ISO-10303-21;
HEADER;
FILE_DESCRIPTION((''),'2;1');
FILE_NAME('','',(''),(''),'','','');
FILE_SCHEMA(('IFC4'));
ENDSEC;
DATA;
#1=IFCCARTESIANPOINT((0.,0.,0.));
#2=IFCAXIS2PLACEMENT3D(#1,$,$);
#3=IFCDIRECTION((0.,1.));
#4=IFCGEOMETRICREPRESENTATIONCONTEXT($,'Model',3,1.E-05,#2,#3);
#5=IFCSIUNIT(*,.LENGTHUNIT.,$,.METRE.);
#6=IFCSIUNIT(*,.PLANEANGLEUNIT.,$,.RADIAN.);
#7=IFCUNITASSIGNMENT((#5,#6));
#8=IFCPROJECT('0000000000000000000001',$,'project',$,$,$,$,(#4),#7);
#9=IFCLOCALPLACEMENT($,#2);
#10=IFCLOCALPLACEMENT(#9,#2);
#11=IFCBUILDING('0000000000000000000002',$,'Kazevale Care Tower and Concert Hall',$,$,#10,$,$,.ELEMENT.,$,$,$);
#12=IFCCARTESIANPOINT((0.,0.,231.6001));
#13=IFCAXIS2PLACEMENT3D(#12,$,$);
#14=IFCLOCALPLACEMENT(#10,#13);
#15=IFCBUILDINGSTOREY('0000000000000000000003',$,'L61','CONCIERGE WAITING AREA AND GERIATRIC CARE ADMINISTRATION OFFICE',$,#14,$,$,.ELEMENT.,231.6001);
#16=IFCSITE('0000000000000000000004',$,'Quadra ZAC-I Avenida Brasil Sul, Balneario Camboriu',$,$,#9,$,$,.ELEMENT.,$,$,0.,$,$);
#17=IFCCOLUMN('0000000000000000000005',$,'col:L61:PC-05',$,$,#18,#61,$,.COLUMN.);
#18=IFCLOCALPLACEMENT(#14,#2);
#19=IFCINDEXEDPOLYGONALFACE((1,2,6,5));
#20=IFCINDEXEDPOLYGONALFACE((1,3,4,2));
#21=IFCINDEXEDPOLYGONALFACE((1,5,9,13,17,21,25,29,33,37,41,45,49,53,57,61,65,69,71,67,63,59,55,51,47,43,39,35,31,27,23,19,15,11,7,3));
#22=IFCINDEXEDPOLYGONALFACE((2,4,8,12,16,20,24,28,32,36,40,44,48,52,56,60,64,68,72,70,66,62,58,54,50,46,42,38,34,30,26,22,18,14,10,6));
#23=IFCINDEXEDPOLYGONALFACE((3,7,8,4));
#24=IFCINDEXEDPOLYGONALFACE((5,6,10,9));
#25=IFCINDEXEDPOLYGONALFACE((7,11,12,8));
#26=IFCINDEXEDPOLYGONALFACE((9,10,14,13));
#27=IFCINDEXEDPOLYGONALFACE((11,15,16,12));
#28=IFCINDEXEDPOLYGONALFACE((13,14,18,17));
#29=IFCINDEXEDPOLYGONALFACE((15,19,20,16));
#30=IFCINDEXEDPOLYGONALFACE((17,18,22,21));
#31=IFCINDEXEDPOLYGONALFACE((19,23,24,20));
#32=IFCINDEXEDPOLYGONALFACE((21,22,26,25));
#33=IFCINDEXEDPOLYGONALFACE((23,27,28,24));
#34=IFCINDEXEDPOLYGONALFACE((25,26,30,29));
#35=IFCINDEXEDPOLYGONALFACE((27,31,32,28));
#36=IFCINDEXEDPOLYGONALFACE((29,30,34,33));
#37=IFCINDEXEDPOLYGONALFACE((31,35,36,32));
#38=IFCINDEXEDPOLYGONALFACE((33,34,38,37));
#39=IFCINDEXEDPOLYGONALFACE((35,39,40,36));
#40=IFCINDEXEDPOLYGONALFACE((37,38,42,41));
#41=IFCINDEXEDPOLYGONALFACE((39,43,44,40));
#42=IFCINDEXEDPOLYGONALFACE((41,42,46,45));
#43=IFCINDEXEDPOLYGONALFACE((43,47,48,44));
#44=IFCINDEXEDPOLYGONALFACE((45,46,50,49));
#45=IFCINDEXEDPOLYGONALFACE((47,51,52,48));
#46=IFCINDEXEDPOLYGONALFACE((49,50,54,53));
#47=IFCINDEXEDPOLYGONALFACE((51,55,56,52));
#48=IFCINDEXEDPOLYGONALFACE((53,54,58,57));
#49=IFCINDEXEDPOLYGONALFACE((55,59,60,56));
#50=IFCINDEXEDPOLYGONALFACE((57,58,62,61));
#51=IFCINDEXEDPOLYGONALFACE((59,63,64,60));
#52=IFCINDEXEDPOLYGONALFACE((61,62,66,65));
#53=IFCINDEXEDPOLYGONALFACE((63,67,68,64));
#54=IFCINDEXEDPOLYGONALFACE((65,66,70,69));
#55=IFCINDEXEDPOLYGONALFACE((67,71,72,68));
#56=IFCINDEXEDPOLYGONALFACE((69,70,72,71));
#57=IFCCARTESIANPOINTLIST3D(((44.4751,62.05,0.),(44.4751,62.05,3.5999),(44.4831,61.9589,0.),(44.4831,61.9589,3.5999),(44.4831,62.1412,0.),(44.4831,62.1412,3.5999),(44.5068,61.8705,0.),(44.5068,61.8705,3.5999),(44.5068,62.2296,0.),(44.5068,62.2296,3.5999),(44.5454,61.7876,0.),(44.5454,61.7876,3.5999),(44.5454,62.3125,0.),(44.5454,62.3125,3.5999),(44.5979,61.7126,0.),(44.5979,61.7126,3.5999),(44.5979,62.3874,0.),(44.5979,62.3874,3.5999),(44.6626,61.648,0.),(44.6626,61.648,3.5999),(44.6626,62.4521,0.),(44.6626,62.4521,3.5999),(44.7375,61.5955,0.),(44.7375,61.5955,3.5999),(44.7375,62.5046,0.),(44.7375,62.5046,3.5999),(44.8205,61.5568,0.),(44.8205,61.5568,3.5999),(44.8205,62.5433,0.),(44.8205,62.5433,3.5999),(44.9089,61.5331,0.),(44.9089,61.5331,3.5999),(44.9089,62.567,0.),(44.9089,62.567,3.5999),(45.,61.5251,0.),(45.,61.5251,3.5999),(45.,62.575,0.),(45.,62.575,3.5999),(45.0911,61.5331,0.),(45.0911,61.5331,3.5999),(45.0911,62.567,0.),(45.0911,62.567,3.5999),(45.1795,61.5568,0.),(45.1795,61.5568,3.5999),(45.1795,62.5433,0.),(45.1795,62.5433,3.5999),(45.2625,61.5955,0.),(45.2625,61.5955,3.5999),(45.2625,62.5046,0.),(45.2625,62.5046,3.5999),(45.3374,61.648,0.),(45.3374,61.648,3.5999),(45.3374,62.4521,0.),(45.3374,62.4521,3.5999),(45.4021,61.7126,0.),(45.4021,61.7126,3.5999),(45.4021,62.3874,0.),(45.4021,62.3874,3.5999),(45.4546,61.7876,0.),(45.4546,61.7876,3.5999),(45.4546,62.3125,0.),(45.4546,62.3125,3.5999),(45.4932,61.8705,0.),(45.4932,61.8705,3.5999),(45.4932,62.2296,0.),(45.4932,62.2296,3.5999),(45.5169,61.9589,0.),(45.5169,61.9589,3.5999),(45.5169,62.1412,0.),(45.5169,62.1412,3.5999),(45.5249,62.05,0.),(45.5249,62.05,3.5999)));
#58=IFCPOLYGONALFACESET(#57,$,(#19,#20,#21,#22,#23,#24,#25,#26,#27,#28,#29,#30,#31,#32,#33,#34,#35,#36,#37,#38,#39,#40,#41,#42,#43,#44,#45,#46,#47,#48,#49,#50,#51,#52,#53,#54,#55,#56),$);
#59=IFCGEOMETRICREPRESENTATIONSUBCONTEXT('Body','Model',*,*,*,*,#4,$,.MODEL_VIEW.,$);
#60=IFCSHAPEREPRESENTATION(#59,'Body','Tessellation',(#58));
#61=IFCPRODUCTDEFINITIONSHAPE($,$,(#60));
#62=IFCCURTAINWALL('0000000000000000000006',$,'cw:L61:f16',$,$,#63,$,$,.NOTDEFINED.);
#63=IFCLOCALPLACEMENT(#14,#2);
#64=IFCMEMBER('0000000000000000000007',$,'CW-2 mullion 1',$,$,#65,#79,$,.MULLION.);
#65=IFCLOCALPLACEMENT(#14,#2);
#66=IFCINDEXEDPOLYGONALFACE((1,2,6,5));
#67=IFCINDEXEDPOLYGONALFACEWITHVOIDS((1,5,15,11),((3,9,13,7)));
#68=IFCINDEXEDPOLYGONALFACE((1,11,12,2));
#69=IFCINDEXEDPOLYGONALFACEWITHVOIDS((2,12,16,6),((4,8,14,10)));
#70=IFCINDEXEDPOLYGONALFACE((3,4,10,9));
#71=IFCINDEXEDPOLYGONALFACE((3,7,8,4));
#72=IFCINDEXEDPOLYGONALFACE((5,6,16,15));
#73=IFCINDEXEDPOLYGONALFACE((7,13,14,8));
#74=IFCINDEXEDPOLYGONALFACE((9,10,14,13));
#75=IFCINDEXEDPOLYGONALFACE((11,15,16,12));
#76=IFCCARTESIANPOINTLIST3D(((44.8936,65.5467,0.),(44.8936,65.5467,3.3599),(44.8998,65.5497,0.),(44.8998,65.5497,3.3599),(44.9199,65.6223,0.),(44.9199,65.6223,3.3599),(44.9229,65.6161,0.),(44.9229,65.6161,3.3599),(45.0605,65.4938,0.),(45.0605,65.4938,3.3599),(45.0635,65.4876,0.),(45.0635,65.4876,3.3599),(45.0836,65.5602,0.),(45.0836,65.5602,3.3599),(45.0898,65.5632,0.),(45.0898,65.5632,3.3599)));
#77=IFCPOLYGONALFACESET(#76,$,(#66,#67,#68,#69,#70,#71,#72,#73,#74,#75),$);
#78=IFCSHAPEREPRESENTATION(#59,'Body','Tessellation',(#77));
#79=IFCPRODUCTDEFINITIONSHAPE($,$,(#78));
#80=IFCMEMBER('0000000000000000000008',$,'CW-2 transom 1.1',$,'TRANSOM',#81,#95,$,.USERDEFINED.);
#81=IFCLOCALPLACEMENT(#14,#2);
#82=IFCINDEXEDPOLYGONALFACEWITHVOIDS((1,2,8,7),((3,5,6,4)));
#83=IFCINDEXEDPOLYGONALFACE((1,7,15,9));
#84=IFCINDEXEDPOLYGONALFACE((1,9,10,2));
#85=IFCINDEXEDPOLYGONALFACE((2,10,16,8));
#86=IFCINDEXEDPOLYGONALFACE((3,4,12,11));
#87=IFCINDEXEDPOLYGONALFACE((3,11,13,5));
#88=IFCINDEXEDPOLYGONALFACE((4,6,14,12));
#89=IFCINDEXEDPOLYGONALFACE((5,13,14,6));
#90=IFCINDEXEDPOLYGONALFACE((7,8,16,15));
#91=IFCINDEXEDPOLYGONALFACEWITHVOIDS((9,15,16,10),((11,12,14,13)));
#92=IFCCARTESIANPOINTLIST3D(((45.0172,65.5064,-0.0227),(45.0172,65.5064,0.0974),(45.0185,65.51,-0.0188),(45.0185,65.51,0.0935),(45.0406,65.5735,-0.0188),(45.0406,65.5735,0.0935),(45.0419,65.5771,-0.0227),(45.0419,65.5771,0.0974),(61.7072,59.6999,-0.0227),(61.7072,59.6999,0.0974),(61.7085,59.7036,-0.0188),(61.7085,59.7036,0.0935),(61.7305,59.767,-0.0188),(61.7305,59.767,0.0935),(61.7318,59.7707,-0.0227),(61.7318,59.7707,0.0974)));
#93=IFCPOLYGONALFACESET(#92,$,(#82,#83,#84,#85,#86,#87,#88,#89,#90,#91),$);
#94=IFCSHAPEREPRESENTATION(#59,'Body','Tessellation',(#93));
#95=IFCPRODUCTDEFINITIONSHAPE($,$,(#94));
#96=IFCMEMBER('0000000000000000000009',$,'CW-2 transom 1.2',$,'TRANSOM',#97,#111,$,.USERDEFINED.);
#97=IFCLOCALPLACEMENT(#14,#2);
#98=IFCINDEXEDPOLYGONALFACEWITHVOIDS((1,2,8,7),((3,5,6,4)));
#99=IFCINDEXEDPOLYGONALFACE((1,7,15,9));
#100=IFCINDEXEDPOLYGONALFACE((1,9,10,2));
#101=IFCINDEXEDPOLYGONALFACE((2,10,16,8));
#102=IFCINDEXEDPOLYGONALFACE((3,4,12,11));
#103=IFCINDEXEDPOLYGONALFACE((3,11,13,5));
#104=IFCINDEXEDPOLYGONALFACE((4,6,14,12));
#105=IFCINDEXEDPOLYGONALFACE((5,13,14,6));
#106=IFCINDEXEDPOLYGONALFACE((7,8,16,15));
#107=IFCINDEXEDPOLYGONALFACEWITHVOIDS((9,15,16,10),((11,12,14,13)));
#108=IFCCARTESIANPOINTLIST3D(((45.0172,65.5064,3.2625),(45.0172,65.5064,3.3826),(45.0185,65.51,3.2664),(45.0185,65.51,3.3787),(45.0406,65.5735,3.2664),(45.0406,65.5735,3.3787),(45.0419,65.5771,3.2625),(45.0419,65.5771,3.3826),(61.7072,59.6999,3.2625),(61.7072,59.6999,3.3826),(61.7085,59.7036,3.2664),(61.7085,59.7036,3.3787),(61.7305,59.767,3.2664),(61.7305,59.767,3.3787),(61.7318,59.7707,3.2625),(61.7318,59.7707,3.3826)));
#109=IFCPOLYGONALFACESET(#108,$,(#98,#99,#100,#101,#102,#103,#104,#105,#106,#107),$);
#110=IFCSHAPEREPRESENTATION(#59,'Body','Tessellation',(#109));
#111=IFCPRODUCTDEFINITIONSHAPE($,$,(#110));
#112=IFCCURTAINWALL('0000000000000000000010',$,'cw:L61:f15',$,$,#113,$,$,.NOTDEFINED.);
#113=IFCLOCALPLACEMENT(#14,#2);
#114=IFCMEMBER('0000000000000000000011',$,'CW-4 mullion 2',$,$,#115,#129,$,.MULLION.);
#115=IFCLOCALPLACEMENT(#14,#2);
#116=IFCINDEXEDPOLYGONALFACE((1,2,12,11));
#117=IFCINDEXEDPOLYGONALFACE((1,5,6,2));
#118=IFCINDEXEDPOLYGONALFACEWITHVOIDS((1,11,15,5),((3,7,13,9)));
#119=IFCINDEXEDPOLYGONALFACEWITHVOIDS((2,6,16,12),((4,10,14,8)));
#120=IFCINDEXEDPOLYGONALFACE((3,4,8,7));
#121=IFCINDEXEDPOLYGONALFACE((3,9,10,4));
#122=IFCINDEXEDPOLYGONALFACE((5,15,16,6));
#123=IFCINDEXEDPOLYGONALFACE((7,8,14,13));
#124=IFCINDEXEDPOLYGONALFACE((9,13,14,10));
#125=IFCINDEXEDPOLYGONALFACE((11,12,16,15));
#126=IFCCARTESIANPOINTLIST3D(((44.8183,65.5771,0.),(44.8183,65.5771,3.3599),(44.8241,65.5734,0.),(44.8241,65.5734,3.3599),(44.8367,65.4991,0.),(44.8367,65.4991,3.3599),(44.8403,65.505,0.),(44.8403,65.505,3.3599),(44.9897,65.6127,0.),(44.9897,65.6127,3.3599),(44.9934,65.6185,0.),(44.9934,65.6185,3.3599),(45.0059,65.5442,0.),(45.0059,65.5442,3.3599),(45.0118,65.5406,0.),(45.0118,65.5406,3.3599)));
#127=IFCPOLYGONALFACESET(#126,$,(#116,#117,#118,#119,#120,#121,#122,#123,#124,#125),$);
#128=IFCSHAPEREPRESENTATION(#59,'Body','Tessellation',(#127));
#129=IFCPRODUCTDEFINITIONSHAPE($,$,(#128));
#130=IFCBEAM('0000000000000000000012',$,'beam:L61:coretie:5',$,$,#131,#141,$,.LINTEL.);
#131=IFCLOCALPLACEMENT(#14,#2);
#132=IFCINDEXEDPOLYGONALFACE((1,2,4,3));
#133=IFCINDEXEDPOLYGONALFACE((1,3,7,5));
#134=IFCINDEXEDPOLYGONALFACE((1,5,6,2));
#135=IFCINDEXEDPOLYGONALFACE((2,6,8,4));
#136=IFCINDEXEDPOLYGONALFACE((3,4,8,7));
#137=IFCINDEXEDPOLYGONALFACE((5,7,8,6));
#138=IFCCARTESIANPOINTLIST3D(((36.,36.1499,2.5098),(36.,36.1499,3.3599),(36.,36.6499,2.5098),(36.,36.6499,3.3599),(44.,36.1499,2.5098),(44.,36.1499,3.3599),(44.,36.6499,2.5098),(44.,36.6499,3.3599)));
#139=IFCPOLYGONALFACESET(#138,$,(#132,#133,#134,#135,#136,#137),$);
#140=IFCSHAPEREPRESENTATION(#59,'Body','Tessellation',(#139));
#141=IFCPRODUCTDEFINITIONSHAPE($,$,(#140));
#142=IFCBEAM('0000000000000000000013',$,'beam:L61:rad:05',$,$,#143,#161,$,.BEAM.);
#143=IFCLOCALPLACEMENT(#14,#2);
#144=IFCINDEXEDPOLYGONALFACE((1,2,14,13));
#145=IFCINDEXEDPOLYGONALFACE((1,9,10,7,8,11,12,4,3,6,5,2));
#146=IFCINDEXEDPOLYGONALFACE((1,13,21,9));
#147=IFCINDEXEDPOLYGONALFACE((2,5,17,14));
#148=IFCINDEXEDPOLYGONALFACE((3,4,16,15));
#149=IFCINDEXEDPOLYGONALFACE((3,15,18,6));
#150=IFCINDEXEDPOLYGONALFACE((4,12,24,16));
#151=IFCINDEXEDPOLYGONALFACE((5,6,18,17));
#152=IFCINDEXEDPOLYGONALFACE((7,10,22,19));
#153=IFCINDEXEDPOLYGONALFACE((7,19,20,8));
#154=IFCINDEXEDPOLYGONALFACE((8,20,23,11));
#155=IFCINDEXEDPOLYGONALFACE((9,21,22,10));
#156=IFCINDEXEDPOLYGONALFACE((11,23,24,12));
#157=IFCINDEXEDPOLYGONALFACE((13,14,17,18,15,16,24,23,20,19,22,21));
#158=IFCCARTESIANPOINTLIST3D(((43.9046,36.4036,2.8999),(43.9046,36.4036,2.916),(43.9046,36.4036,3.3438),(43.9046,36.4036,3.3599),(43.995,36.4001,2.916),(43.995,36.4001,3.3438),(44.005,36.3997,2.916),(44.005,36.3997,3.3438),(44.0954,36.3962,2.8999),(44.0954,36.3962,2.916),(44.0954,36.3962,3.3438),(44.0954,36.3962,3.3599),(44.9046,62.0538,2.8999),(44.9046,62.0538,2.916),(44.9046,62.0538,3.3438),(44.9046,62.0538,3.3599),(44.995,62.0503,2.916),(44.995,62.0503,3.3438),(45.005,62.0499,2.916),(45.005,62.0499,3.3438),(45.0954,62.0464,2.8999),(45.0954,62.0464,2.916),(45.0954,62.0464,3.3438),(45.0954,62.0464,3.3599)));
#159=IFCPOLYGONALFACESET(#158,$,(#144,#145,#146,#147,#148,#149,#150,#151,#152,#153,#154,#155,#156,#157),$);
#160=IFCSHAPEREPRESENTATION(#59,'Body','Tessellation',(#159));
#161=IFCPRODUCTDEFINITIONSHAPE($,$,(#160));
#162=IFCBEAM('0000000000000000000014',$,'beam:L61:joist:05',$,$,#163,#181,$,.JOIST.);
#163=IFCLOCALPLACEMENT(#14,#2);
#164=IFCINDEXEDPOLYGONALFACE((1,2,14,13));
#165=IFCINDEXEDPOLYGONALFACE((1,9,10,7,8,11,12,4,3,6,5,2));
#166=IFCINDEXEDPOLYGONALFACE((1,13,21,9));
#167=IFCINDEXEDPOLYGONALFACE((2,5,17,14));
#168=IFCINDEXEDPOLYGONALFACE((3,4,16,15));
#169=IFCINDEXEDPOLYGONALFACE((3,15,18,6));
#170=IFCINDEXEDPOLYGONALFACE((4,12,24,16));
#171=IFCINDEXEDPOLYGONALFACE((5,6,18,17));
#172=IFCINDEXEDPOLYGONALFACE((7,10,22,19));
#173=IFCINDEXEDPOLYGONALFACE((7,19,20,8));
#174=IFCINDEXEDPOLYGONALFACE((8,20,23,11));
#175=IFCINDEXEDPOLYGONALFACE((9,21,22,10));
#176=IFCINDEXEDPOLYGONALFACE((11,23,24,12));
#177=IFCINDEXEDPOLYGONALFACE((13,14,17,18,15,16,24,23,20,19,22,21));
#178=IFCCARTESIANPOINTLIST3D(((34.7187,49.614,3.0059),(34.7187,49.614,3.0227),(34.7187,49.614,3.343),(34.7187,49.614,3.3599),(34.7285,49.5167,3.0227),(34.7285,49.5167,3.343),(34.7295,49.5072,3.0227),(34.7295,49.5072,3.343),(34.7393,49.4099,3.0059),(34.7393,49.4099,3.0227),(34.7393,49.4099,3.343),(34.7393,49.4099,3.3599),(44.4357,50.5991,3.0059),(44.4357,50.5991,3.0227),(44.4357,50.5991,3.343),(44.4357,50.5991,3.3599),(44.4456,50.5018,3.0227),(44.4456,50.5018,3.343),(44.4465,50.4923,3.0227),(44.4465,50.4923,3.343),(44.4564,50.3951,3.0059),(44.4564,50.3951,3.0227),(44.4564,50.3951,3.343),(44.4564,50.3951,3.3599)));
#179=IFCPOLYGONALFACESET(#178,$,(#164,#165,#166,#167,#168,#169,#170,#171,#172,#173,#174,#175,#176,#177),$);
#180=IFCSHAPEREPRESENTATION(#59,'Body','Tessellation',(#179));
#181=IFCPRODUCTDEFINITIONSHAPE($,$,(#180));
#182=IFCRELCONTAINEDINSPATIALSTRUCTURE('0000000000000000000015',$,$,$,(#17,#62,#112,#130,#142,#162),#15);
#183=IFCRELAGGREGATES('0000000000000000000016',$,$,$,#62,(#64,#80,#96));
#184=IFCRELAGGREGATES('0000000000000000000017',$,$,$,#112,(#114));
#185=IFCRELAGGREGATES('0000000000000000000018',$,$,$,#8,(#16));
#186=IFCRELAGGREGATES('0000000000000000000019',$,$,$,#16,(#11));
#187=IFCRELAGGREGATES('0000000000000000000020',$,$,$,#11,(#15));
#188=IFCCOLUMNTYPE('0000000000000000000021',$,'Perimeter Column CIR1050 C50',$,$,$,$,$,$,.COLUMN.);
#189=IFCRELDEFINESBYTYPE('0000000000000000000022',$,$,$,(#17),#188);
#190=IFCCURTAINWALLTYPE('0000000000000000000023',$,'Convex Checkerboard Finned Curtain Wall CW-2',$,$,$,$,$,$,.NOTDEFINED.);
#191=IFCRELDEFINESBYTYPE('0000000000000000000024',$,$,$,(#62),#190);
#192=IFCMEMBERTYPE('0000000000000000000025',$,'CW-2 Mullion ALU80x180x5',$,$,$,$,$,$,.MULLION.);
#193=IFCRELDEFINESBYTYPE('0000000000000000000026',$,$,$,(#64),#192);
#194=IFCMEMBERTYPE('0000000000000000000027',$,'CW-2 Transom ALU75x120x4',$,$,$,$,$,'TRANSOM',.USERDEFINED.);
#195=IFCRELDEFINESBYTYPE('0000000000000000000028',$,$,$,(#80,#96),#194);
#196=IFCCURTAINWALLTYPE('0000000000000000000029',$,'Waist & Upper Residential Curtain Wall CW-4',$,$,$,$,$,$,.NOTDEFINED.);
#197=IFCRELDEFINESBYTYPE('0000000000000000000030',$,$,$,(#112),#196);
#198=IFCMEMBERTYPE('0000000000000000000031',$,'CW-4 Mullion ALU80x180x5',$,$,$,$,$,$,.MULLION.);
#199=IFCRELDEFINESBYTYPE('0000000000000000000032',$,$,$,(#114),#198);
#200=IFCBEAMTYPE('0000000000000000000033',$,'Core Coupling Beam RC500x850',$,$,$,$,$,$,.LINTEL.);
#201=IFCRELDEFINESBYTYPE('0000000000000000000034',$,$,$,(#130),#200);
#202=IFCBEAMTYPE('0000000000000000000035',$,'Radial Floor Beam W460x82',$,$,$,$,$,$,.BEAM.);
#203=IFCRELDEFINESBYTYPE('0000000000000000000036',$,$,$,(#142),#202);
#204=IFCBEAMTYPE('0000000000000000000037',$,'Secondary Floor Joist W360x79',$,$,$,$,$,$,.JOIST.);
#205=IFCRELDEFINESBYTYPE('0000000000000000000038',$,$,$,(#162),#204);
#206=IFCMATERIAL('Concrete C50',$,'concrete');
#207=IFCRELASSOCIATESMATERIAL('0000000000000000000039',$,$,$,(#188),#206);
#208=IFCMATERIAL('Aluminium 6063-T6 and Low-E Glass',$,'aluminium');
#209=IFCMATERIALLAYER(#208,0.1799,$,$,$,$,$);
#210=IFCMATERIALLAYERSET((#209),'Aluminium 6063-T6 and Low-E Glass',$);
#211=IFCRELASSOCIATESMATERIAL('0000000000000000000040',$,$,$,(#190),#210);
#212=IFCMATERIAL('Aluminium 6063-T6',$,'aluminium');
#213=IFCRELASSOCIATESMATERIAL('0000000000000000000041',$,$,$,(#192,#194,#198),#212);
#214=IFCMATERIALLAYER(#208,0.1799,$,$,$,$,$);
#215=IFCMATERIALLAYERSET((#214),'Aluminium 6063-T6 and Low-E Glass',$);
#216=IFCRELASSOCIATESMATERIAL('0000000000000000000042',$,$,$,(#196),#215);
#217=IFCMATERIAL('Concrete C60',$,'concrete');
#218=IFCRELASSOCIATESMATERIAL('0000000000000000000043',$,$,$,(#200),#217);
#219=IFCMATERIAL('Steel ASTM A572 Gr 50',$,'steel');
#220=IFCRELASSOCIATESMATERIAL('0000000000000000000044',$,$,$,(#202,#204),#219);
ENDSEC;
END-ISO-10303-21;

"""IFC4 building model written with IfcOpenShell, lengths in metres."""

from ifc_helpers import new_model, si_unit, direction, frame, origin, origin_2d, place, context, subcontext, project, spatial, rectangle, hollow_rectangle, circle, i_section, extrude, material, layer, layer_set, material_profile, profile_set, type_object, element, aggregate, save


model = new_model("IFC4")

# Units and contexts
model_context = context("Model", 3, precision=1e-05, world=origin(), true_north=direction((0.0, 1.0)))
body_context = subcontext(model_context, "Body", "Model", "MODEL_VIEW")
ifc_project = project(units=[si_unit("LENGTHUNIT", "METRE"), si_unit("PLANEANGLEUNIT", "RADIAN")], contexts=[model_context])

# Site, building, storey
site_placement = place(None, origin())
site = spatial("IfcSite", under=ifc_project, at=site_placement, Name="Quadra ZAC-I Avenida Brasil Sul, Balneario Camboriu", CompositionType="ELEMENT", RefElevation=0.0)
building_placement = place(site_placement, origin())
building = spatial("IfcBuilding", under=site, at=building_placement, Name="Kazevale Care Tower and Concert Hall", CompositionType="ELEMENT")
storey_placement = place(building_placement, frame((0.0, 0.0, 231.6001)))
storey = spatial("IfcBuildingStorey", under=building, at=storey_placement, Name="L61", Description="CONCIERGE WAITING AREA AND GERIATRIC CARE ADMINISTRATION OFFICE", CompositionType="ELEMENT", Elevation=231.6001)

# Column
ifc_material_1 = material(Name="Concrete C50", Category="concrete")
ifc_material_profile_1 = material_profile(ifc_material_1, circle(Radius=0.5249, at=origin_2d()), Name="RC-CIR1050")
ifc_profile_set_1 = profile_set([ifc_material_profile_1], Name="Concrete C50")
column_type = type_object("IfcColumnType", Name="Perimeter Column CIR1050 C50", PredefinedType="COLUMN", material=ifc_profile_set_1)
column_placement = place(storey_placement, frame((45.0, 62.05, 0.0), z_axis=(0.0, 0.0, 1.0), x_axis=(1.0, 0.0, 0.0)))
element("IfcColumn", 1, at=column_placement, inside=storey, type_object=column_type, Name="col:L61:PC-05", PredefinedType="COLUMN", context=body_context, shape_type="SweptSolid", body=[
    extrude(circle(Radius=0.5249, at=origin_2d()), origin(), (0.0, 0.0, 1.0), 3.5999),
])

# Curtain wall, members
ifc_material_2 = material(Name="Aluminium 6063-T6 and Low-E Glass", Category="aluminium")
ifc_layer_1 = layer(ifc_material_2, 0.1799)
ifc_layer_set_1 = layer_set([ifc_layer_1], Name="Aluminium 6063-T6 and Low-E Glass")
curtain_wall_type_1 = type_object("IfcCurtainWallType", Name="Convex Checkerboard Finned Curtain Wall CW-2", PredefinedType="NOTDEFINED", material=ifc_layer_set_1)
curtain_wall_1_placement = place(storey_placement, origin())
curtain_wall_1 = element("IfcCurtainWall", 2, at=curtain_wall_1_placement, inside=storey, type_object=curtain_wall_type_1, Name="cw:L61:f16", PredefinedType="NOTDEFINED")
ifc_material_3 = material(Name="Aluminium 6063-T6", Category="aluminium")
ifc_material_profile_2 = material_profile(ifc_material_3, hollow_rectangle(XDim=0.0801, YDim=0.1799, WallThickness=0.0049, at=origin_2d()), Name="ALU80x180x5")
ifc_profile_set_2 = profile_set([ifc_material_profile_2], Name="Aluminium 6063-T6")
member_type_1 = type_object("IfcMemberType", Name="CW-2 Mullion ALU80x180x5", PredefinedType="MULLION", material=ifc_profile_set_2)
member_1_placement = place(storey_placement, frame((44.9917, 65.5549, 0.0), z_axis=(0.0, 0.0, 1.0), x_axis=(0.328584, 0.944475, 0.0)))
member_1 = element("IfcMember", 3, at=member_1_placement, type_object=member_type_1, Name="CW-2 mullion 1", PredefinedType="MULLION", context=body_context, shape_type="SweptSolid", body=[
    extrude(hollow_rectangle(XDim=0.0801, YDim=0.1799, WallThickness=0.0049, at=origin_2d()), origin(), (0.0, 0.0, 1.0), 3.3599),
])
ifc_material_profile_3 = material_profile(ifc_material_3, hollow_rectangle(XDim=0.075, YDim=0.1201, WallThickness=0.0039, at=origin_2d()), Name="ALU75x120x4")
ifc_profile_set_3 = profile_set([ifc_material_profile_3], Name="Aluminium 6063-T6")
member_type_2 = type_object("IfcMemberType", Name="CW-2 Transom ALU75x120x4", ElementType="TRANSOM", PredefinedType="USERDEFINED", material=ifc_profile_set_3)
member_2_placement = place(storey_placement, frame((45.0295, 65.5417, 0.0374), z_axis=(0.944476, -0.328581, 0.0), x_axis=(0.328581, 0.944476, 0.0)))
member_2 = element("IfcMember", 4, at=member_2_placement, type_object=member_type_2, Name="CW-2 transom 1.1", ObjectType="TRANSOM", PredefinedType="USERDEFINED", context=body_context, shape_type="SweptSolid", body=[
    extrude(hollow_rectangle(XDim=0.075, YDim=0.1201, WallThickness=0.0039, at=origin_2d()), origin(), (0.0, 0.0, 1.0), 17.6711),
])
member_3_placement = place(storey_placement, frame((45.0295, 65.5417, 3.3225), z_axis=(0.944476, -0.328581, 0.0), x_axis=(0.328581, 0.944476, 0.0)))
member_3 = element("IfcMember", 5, at=member_3_placement, type_object=member_type_2, Name="CW-2 transom 1.2", ObjectType="TRANSOM", PredefinedType="USERDEFINED", context=body_context, shape_type="SweptSolid", body=[
    extrude(hollow_rectangle(XDim=0.075, YDim=0.1201, WallThickness=0.0039, at=origin_2d()), origin(), (0.0, 0.0, 1.0), 17.6711),
])
aggregate(curtain_wall_1, [member_1, member_2, member_3])

# Curtain wall, member
ifc_layer_2 = layer(ifc_material_2, 0.1799)
ifc_layer_set_2 = layer_set([ifc_layer_2], Name="Aluminium 6063-T6 and Low-E Glass")
curtain_wall_type_2 = type_object("IfcCurtainWallType", Name="Waist & Upper Residential Curtain Wall CW-4", PredefinedType="NOTDEFINED", material=ifc_layer_set_2)
curtain_wall_2_placement = place(storey_placement, origin())
curtain_wall_2 = element("IfcCurtainWall", 6, at=curtain_wall_2_placement, inside=storey, type_object=curtain_wall_type_2, Name="cw:L61:f15", PredefinedType="NOTDEFINED")
ifc_material_profile_4 = material_profile(ifc_material_3, hollow_rectangle(XDim=0.0801, YDim=0.1799, WallThickness=0.0049, at=origin_2d()), Name="ALU80x180x5")
ifc_profile_set_4 = profile_set([ifc_material_profile_4], Name="Aluminium 6063-T6")
member_type_3 = type_object("IfcMemberType", Name="CW-4 Mullion ALU80x180x5", PredefinedType="MULLION", material=ifc_profile_set_4)
member_4_placement = place(storey_placement, frame((44.915, 65.5588, 0.0), z_axis=(0.0, 0.0, 1.0), x_axis=(-0.230439, 0.973087, 0.0)))
member_4 = element("IfcMember", 7, at=member_4_placement, type_object=member_type_3, Name="CW-4 mullion 2", PredefinedType="MULLION", context=body_context, shape_type="SweptSolid", body=[
    extrude(hollow_rectangle(XDim=0.0801, YDim=0.1799, WallThickness=0.0049, at=origin_2d()), origin(), (0.0, 0.0, 1.0), 3.3599),
])

# Beams
ifc_material_4 = material(Name="Concrete C60", Category="concrete")
ifc_material_profile_5 = material_profile(ifc_material_4, rectangle(XDim=0.5, YDim=0.8501, at=origin_2d()), Name="RC-B500x850")
ifc_profile_set_5 = profile_set([ifc_material_profile_5], Name="Concrete C60")
beam_type_1 = type_object("IfcBeamType", Name="Core Coupling Beam RC500x850", PredefinedType="LINTEL", material=ifc_profile_set_5)
beam_1_placement = place(storey_placement, frame((44.0, 36.3999, 2.9348), z_axis=(-1.0, 0.0, 0.0), x_axis=(0.0, -1.0, 0.0)))
element("IfcBeam", 8, at=beam_1_placement, inside=storey, type_object=beam_type_1, Name="beam:L61:coretie:5", PredefinedType="LINTEL", context=body_context, shape_type="SweptSolid", body=[
    extrude(rectangle(XDim=0.5, YDim=0.8501, at=origin_2d()), origin(), (0.0, 0.0, 1.0), 8.0),
])
ifc_material_5 = material(Name="Steel ASTM A572 Gr 50", Category="steel")
ifc_material_profile_6 = material_profile(ifc_material_5, i_section(OverallWidth=0.1909, OverallDepth=0.46, WebThickness=0.01, FlangeThickness=0.0161, at=origin_2d()), Name="W460x82")
ifc_profile_set_6 = profile_set([ifc_material_profile_6], Name="Steel ASTM A572 Gr 50")
beam_type_2 = type_object("IfcBeamType", Name="Radial Floor Beam W460x82", PredefinedType="BEAM", material=ifc_profile_set_6)
beam_2_placement = place(storey_placement, frame((44.0, 36.3999, 3.1299), z_axis=(0.038957, 0.999241, 0.0), x_axis=(-0.999241, 0.038957, 0.0)))
element("IfcBeam", 9, at=beam_2_placement, inside=storey, type_object=beam_type_2, Name="beam:L61:rad:05", PredefinedType="BEAM", context=body_context, shape_type="SweptSolid", body=[
    extrude(i_section(OverallWidth=0.1909, OverallDepth=0.46, WebThickness=0.01, FlangeThickness=0.0161, at=origin_2d()), origin(), (0.0, 0.0, 1.0), 25.6697),
])
ifc_material_profile_7 = material_profile(ifc_material_5, i_section(OverallWidth=0.2051, OverallDepth=0.354, WebThickness=0.0095, FlangeThickness=0.0168, at=origin_2d()), Name="W360x79")
ifc_profile_set_7 = profile_set([ifc_material_profile_7], Name="Steel ASTM A572 Gr 50")
beam_type_3 = type_object("IfcBeamType", Name="Secondary Floor Joist W360x79", PredefinedType="JOIST", material=ifc_profile_set_7)
beam_3_placement = place(storey_placement, frame((44.446, 50.4971, 3.1829), z_axis=(-0.9949, -0.100862, 0.0), x_axis=(0.100862, -0.9949, 0.0)))
element("IfcBeam", 10, at=beam_3_placement, inside=storey, type_object=beam_type_3, Name="beam:L61:joist:05", PredefinedType="JOIST", context=body_context, shape_type="SweptSolid", body=[
    extrude(i_section(OverallWidth=0.2051, OverallDepth=0.354, WebThickness=0.0095, FlangeThickness=0.0168, at=origin_2d()), origin(), (0.0, 0.0, 1.0), 9.7668),
])

aggregate(curtain_wall_2, [member_4])

save(model, "model.ifc")
